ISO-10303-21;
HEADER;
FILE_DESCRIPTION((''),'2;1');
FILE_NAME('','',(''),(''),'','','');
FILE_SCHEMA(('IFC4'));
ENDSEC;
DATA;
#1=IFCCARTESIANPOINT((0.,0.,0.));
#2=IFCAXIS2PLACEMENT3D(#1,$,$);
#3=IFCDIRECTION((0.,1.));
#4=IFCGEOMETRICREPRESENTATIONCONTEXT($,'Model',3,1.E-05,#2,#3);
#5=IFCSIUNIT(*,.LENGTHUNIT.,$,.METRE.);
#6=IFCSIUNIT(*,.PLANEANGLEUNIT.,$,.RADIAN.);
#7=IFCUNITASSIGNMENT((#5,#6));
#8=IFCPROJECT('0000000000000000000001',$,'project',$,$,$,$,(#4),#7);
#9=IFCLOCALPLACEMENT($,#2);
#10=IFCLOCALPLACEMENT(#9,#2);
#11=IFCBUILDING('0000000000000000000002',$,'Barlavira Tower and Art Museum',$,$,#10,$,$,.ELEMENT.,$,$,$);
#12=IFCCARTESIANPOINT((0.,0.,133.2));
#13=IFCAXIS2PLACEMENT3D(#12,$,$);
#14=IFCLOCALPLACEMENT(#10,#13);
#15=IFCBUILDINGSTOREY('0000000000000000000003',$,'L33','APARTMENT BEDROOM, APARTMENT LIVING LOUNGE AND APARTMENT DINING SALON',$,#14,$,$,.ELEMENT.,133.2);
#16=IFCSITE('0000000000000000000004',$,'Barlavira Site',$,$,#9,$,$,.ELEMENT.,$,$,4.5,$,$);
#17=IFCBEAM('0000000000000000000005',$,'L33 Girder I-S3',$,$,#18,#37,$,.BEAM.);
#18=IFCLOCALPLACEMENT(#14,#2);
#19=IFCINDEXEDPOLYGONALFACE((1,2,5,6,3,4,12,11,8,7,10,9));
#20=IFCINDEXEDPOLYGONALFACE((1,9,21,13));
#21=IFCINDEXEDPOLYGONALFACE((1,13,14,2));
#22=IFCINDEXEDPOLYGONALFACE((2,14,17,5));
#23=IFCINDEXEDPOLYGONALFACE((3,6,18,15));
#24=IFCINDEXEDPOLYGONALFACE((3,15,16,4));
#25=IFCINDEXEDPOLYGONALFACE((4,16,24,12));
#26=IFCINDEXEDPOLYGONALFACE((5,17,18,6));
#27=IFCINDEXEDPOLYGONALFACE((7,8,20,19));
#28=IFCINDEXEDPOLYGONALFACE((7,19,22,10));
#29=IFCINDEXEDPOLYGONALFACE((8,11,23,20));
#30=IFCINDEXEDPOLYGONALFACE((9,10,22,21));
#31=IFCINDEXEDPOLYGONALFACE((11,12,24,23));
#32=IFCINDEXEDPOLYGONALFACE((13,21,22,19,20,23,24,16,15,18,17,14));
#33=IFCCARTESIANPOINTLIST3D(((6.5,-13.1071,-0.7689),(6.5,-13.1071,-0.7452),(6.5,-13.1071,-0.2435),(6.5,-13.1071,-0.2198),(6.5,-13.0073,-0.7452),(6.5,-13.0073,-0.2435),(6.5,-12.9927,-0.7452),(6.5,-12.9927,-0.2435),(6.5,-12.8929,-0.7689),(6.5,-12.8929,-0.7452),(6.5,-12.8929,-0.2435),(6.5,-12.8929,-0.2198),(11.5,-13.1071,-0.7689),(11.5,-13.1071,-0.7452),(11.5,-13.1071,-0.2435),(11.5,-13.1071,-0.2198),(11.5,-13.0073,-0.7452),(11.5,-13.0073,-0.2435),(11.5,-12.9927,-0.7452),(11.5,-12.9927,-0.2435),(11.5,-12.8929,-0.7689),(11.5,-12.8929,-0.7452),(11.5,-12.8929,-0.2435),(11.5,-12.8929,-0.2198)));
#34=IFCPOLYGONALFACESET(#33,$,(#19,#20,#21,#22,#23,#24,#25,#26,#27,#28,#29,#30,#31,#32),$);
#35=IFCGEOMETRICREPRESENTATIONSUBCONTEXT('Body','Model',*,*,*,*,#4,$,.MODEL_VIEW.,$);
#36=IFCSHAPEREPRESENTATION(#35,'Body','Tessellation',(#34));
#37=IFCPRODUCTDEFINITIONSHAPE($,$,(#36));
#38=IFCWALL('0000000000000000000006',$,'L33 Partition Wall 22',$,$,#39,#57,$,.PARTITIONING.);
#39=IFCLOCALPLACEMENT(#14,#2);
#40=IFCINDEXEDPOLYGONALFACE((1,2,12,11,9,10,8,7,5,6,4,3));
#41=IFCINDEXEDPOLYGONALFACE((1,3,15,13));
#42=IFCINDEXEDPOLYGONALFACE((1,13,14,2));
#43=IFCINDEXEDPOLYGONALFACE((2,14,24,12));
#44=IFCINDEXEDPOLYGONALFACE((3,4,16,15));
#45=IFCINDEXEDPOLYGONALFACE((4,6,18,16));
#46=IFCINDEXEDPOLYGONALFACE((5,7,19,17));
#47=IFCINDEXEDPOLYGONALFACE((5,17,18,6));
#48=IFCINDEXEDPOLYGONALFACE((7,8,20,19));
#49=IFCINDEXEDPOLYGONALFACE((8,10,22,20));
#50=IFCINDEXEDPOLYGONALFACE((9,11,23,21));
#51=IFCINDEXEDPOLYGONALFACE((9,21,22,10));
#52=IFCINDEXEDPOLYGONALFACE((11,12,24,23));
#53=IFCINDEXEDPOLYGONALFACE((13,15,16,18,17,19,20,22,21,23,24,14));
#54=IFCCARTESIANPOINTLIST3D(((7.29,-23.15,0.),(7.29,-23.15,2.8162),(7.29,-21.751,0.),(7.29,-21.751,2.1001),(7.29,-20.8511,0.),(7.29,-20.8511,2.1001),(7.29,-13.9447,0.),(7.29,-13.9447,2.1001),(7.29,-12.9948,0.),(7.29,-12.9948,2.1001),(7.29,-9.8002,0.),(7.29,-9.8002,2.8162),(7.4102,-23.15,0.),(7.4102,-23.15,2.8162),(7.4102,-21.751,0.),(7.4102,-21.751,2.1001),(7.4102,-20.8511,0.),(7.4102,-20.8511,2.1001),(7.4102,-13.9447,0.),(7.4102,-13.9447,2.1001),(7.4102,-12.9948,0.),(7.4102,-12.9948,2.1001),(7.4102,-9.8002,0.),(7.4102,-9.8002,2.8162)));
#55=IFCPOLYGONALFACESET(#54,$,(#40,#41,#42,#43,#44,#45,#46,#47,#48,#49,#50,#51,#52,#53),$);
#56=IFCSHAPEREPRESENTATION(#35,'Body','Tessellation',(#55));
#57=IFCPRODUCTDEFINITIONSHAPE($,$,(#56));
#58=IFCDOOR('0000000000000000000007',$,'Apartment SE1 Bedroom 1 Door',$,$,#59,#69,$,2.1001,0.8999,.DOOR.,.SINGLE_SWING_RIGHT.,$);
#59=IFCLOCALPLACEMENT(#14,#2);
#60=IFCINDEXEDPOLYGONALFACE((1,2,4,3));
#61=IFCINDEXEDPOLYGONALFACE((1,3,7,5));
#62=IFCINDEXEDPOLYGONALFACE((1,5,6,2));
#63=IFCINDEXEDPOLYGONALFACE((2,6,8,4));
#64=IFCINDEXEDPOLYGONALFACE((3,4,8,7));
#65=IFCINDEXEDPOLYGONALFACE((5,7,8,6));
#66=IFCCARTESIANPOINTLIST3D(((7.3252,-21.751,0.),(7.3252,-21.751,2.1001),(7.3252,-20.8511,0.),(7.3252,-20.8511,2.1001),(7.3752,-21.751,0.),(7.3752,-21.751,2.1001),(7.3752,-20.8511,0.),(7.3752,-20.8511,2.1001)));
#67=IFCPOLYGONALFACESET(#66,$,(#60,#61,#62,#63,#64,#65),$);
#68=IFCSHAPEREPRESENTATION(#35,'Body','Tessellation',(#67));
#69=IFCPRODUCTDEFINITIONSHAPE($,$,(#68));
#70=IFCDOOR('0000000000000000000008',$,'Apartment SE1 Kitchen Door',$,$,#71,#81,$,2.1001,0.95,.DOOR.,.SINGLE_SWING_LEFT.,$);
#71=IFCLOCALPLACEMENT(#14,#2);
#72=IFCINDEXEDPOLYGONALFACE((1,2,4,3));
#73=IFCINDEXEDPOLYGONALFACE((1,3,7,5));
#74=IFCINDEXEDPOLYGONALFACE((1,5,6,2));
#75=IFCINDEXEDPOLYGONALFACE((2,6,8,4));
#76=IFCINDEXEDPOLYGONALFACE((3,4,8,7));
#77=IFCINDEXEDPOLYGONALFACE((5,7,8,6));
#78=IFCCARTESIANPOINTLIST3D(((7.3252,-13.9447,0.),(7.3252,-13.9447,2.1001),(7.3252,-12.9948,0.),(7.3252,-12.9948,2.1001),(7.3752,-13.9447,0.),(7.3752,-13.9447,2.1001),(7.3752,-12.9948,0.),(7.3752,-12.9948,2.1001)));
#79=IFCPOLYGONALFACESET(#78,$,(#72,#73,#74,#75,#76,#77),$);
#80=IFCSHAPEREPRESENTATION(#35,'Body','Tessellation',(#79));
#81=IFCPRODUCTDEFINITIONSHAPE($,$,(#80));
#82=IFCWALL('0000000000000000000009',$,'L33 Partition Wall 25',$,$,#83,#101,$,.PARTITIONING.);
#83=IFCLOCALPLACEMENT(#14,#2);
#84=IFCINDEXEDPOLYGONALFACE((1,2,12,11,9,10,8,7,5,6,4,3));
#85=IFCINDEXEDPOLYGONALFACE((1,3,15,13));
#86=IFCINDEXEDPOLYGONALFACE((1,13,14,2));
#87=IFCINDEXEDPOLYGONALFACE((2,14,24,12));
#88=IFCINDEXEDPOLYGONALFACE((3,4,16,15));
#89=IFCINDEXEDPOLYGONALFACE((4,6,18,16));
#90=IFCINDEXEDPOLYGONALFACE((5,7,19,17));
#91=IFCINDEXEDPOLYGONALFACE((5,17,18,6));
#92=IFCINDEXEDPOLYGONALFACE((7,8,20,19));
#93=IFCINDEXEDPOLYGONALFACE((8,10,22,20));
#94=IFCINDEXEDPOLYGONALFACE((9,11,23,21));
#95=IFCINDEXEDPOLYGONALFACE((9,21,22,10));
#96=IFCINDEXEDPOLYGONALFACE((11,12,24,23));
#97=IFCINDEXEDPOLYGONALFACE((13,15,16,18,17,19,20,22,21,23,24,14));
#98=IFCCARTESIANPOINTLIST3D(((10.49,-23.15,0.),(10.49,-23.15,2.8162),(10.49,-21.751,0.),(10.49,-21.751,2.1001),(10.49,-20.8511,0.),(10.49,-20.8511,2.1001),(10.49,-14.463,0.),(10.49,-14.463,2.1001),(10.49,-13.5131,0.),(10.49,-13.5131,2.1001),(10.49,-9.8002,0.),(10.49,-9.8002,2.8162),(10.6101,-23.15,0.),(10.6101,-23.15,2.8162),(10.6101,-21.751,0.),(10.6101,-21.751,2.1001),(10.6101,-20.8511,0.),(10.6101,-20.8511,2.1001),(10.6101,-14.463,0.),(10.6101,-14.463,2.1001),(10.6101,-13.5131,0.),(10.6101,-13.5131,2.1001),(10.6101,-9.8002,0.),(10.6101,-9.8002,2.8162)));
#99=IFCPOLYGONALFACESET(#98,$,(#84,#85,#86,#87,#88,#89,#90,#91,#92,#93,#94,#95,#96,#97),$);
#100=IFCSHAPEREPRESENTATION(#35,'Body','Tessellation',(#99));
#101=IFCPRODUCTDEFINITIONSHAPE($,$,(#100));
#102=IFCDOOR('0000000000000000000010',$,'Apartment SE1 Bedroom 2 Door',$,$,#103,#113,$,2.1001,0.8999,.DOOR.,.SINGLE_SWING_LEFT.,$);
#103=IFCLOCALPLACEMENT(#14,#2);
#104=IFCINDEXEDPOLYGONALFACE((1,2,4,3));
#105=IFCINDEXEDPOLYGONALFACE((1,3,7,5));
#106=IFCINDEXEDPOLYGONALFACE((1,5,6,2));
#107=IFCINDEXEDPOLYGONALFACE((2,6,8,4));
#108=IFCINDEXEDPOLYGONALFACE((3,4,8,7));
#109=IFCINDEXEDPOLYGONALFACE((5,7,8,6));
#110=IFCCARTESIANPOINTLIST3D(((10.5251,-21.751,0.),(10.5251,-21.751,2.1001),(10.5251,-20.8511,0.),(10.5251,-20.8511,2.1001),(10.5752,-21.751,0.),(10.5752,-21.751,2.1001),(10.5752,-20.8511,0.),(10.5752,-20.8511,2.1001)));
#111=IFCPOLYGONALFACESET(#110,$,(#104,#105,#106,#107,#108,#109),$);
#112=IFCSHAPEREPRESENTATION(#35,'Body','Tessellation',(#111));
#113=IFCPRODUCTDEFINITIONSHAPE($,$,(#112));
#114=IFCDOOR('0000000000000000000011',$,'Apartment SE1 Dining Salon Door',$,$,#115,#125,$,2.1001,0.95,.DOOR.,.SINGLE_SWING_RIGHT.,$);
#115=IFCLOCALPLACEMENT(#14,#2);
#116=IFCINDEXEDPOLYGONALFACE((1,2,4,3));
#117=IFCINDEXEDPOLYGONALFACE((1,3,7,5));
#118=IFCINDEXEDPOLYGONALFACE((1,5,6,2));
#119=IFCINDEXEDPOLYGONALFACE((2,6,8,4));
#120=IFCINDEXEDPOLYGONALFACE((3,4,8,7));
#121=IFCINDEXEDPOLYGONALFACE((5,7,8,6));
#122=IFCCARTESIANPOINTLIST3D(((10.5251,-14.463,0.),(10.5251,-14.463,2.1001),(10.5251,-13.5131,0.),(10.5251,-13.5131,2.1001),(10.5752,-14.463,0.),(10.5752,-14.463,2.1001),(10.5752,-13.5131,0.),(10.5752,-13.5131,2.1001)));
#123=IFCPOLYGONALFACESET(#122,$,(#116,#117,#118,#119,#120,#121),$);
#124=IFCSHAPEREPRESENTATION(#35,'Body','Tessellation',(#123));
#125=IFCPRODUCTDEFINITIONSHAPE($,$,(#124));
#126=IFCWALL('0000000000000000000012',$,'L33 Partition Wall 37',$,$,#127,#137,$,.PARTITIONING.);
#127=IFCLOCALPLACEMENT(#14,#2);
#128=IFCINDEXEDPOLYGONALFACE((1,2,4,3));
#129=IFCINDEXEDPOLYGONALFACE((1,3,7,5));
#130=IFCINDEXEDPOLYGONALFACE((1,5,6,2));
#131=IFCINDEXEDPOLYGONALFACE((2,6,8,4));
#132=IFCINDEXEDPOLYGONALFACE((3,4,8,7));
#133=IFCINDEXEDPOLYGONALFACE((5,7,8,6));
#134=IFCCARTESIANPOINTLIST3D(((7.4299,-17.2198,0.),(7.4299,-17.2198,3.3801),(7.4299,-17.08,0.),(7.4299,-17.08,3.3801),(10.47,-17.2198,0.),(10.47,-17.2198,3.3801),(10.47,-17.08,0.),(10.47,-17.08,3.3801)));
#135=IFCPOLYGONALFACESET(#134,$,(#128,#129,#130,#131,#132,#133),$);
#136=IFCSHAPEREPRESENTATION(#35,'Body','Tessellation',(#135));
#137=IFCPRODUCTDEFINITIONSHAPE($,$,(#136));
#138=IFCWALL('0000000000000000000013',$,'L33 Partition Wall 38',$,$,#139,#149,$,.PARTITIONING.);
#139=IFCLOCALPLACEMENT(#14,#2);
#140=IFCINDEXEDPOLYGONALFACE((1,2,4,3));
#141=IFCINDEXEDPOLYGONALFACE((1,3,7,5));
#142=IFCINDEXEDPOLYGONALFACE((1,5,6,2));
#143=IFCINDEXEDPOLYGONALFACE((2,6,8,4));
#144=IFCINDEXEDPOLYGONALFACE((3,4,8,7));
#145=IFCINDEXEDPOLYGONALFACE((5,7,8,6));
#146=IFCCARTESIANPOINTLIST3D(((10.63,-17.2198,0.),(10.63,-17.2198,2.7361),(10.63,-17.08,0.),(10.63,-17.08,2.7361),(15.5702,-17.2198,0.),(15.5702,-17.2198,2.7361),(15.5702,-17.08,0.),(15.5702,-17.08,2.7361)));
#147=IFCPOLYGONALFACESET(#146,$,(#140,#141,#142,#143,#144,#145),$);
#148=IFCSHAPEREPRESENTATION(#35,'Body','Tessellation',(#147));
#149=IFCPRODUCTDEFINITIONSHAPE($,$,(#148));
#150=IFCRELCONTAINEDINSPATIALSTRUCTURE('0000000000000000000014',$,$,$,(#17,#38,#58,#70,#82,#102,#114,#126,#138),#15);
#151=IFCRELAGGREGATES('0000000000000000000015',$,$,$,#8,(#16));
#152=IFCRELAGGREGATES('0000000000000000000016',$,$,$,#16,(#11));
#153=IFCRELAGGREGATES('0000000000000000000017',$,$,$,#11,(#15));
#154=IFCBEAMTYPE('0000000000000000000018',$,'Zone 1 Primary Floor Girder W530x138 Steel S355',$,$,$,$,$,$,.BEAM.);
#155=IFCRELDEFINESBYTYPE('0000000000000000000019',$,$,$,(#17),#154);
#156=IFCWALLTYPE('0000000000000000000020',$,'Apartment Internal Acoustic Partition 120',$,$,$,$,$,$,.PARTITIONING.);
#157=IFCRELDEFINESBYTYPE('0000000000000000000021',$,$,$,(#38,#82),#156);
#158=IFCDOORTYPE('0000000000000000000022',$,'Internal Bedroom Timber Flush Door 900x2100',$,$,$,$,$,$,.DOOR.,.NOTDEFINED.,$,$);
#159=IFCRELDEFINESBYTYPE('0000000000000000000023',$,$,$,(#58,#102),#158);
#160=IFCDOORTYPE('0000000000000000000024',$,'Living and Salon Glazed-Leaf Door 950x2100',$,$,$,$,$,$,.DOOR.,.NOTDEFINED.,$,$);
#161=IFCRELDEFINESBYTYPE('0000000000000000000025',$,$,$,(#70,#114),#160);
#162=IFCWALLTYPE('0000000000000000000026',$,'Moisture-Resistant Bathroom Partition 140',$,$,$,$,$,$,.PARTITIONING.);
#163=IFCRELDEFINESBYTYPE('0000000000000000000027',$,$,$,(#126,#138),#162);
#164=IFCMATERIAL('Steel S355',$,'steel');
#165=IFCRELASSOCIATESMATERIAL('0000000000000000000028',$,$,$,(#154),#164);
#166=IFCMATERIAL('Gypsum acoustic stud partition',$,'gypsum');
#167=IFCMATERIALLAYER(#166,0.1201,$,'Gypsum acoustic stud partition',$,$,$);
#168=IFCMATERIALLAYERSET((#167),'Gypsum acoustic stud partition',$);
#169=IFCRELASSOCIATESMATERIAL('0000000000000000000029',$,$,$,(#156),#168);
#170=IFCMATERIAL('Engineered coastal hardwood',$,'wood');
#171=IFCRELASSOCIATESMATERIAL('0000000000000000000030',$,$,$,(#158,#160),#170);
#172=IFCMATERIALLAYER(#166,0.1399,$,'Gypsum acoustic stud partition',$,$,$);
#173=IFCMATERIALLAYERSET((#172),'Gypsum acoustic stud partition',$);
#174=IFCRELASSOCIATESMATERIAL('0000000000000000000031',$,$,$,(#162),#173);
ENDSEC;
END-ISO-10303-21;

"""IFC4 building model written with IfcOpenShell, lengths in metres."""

from ifc_helpers import new_model, si_unit, direction, frame, frame_2d, origin, origin_2d, place, context, subcontext, project, spatial, rectangle, i_section, extrude, material, layer, layer_set, material_profile, profile_set, type_object, element, fill, save


model = new_model("IFC4")

# Units and contexts
model_context = context("Model", 3, precision=1e-05, world=origin(), true_north=direction((0.0, 1.0)))
body_context = subcontext(model_context, "Body", "Model", "MODEL_VIEW")
ifc_project = project(units=[si_unit("LENGTHUNIT", "METRE"), si_unit("PLANEANGLEUNIT", "RADIAN")], contexts=[model_context])

# Site, building, storey
site_placement = place(None, origin())
site = spatial("IfcSite", under=ifc_project, at=site_placement, Name="Barlavira Site", CompositionType="ELEMENT", RefElevation=4.5)
building_placement = place(site_placement, origin())
building = spatial("IfcBuilding", under=site, at=building_placement, Name="Barlavira Tower and Art Museum", CompositionType="ELEMENT")
storey_placement = place(building_placement, frame((0.0, 0.0, 133.2)))
storey = spatial("IfcBuildingStorey", under=building, at=storey_placement, Name="L33", Description="APARTMENT BEDROOM, APARTMENT LIVING LOUNGE AND APARTMENT DINING SALON", CompositionType="ELEMENT", Elevation=133.2)

# Shared definitions
ifc_material_1 = material(Name="Steel S355", Category="steel")

# Beam
ifc_material_profile_1 = material_profile(ifc_material_1, i_section(OverallWidth=0.2141, OverallDepth=0.5491, WebThickness=0.0146, FlangeThickness=0.0237, at=origin_2d()), Name="W530x138.0")
ifc_profile_set_1 = profile_set([ifc_material_profile_1], Name="Steel S355")
beam_type = type_object("IfcBeamType", Name="Zone 1 Primary Floor Girder W530x138 Steel S355", PredefinedType="BEAM", material=ifc_profile_set_1)
beam_1_placement = place(storey_placement, frame((6.5, -13.0, -0.4944), z_axis=(1.0, 0.0, 0.0), x_axis=(0.0, 1.0, 0.0)))
element("IfcBeam", 1, at=beam_1_placement, inside=storey, type_object=beam_type, Name="L33 Girder I-S3", PredefinedType="BEAM", context=body_context, shape_type="SweptSolid", body=[
    extrude(i_section(OverallWidth=0.2141, OverallDepth=0.5491, WebThickness=0.0146, FlangeThickness=0.0237, at=origin_2d()), origin(), (0.0, 0.0, 1.0), 5.0),
])

# Walls, openings, doors
ifc_material_2 = material(Name="Gypsum acoustic stud partition", Category="gypsum")
ifc_layer_1 = layer(ifc_material_2, 0.1201, Name="Gypsum acoustic stud partition")
ifc_layer_set_1 = layer_set([ifc_layer_1], Name="Gypsum acoustic stud partition")
wall_type_1 = type_object("IfcWallType", Name="Apartment Internal Acoustic Partition 120", PredefinedType="PARTITIONING", material=ifc_layer_set_1)
wall_1_placement = place(storey_placement, frame((7.3501, -23.1499, 0.0), z_axis=(0.0, 0.0, 1.0), x_axis=(0.0, 1.0, 0.0)))
wall_1 = element("IfcWall", 2, at=wall_1_placement, inside=storey, type_object=wall_type_1, Name="L33 Partition Wall 22", PredefinedType="PARTITIONING", context=body_context, shape_type="SweptSolid", body=[
    extrude(rectangle(XDim=13.3499, YDim=0.1201, at=frame_2d((6.6748, 0.0))), origin(), (0.0, 0.0, 1.0), 2.8162),
])
opening_1_placement = place(wall_1_placement, frame((9.2051, 0.0, 0.0)))
opening_1 = element("IfcOpeningElement", 3, at=opening_1_placement, cuts=wall_1, PredefinedType="OPENING", context=body_context, shape_type="SweptSolid", body=[
    extrude(rectangle(XDim=0.95, YDim=2.1001, at=frame_2d((0.4751, 1.05))), frame((0.0, 0.0701, 0.0), z_axis=(0.0, -1.0, 0.0), x_axis=(1.0, 0.0, 0.0)), (0.0, 0.0, 1.0), 0.1401),
])
opening_2_placement = place(wall_1_placement, frame((1.3989, 0.0, 0.0)))
opening_2 = element("IfcOpeningElement", 4, at=opening_2_placement, cuts=wall_1, PredefinedType="OPENING", context=body_context, shape_type="SweptSolid", body=[
    extrude(rectangle(XDim=0.8999, YDim=2.1001, at=frame_2d((0.45, 1.05))), frame((0.0, 0.0701, 0.0), z_axis=(0.0, -1.0, 0.0), x_axis=(1.0, 0.0, 0.0)), (0.0, 0.0, 1.0), 0.1401),
])
ifc_material_3 = material(Name="Engineered coastal hardwood", Category="wood")
door_type_1 = type_object("IfcDoorType", Name="Internal Bedroom Timber Flush Door 900x2100", OperationType="NOTDEFINED", PredefinedType="DOOR", material=ifc_material_3)
door_1_placement = place(opening_2_placement, origin())
door_1 = element("IfcDoor", 5, at=door_1_placement, inside=storey, type_object=door_type_1, Name="Apartment SE1 Bedroom 1 Door", OperationType="SINGLE_SWING_RIGHT", OverallHeight=2.1001, OverallWidth=0.8999, PredefinedType="DOOR", context=body_context, shape_type="SweptSolid", body=[
    extrude(rectangle(XDim=0.8999, YDim=2.1001, at=frame_2d((0.45, 1.05))), frame((0.0, 0.0249, 0.0), z_axis=(0.0, -1.0, 0.0), x_axis=(1.0, 0.0, 0.0)), (0.0, 0.0, 1.0), 0.05),
])
fill(opening_2, door_1)
door_type_2 = type_object("IfcDoorType", Name="Living and Salon Glazed-Leaf Door 950x2100", OperationType="NOTDEFINED", PredefinedType="DOOR", material=ifc_material_3)
door_2_placement = place(opening_1_placement, origin())
door_2 = element("IfcDoor", 6, at=door_2_placement, inside=storey, type_object=door_type_2, Name="Apartment SE1 Kitchen Door", OperationType="SINGLE_SWING_LEFT", OverallHeight=2.1001, OverallWidth=0.95, PredefinedType="DOOR", context=body_context, shape_type="SweptSolid", body=[
    extrude(rectangle(XDim=0.95, YDim=2.1001, at=frame_2d((0.4751, 1.05))), frame((0.0, 0.0249, 0.0), z_axis=(0.0, -1.0, 0.0), x_axis=(1.0, 0.0, 0.0)), (0.0, 0.0, 1.0), 0.05),
])
fill(opening_1, door_2)
wall_2_placement = place(storey_placement, frame((10.55, -23.1499, 0.0), z_axis=(0.0, 0.0, 1.0), x_axis=(0.0, 1.0, 0.0)))
wall_2 = element("IfcWall", 7, at=wall_2_placement, inside=storey, type_object=wall_type_1, Name="L33 Partition Wall 25", PredefinedType="PARTITIONING", context=body_context, shape_type="SweptSolid", body=[
    extrude(rectangle(XDim=13.3499, YDim=0.1201, at=frame_2d((6.6748, 0.0))), origin(), (0.0, 0.0, 1.0), 2.8162),
])
opening_3_placement = place(wall_2_placement, frame((8.6868, 0.0, 0.0)))
opening_3 = element("IfcOpeningElement", 8, at=opening_3_placement, cuts=wall_2, PredefinedType="OPENING", context=body_context, shape_type="SweptSolid", body=[
    extrude(rectangle(XDim=0.95, YDim=2.1001, at=frame_2d((0.4751, 1.05))), frame((0.0, 0.0701, 0.0), z_axis=(0.0, -1.0, 0.0), x_axis=(1.0, 0.0, 0.0)), (0.0, 0.0, 1.0), 0.1401),
])
opening_4_placement = place(wall_2_placement, frame((1.3989, 0.0, 0.0)))
opening_4 = element("IfcOpeningElement", 9, at=opening_4_placement, cuts=wall_2, PredefinedType="OPENING", context=body_context, shape_type="SweptSolid", body=[
    extrude(rectangle(XDim=0.8999, YDim=2.1001, at=frame_2d((0.45, 1.05))), frame((0.0, 0.0701, 0.0), z_axis=(0.0, -1.0, 0.0), x_axis=(1.0, 0.0, 0.0)), (0.0, 0.0, 1.0), 0.1401),
])
door_3_placement = place(opening_4_placement, origin())
door_3 = element("IfcDoor", 10, at=door_3_placement, inside=storey, type_object=door_type_1, Name="Apartment SE1 Bedroom 2 Door", OperationType="SINGLE_SWING_LEFT", OverallHeight=2.1001, OverallWidth=0.8999, PredefinedType="DOOR", context=body_context, shape_type="SweptSolid", body=[
    extrude(rectangle(XDim=0.8999, YDim=2.1001, at=frame_2d((0.45, 1.05))), frame((0.0, 0.0249, 0.0), z_axis=(0.0, -1.0, 0.0), x_axis=(1.0, 0.0, 0.0)), (0.0, 0.0, 1.0), 0.05),
])
fill(opening_4, door_3)
door_4_placement = place(opening_3_placement, origin())
door_4 = element("IfcDoor", 11, at=door_4_placement, inside=storey, type_object=door_type_2, Name="Apartment SE1 Dining Salon Door", OperationType="SINGLE_SWING_RIGHT", OverallHeight=2.1001, OverallWidth=0.95, PredefinedType="DOOR", context=body_context, shape_type="SweptSolid", body=[
    extrude(rectangle(XDim=0.95, YDim=2.1001, at=frame_2d((0.4751, 1.05))), frame((0.0, 0.0249, 0.0), z_axis=(0.0, -1.0, 0.0), x_axis=(1.0, 0.0, 0.0)), (0.0, 0.0, 1.0), 0.05),
])
fill(opening_3, door_4)

# Walls
ifc_layer_2 = layer(ifc_material_2, 0.1399, Name="Gypsum acoustic stud partition")
ifc_layer_set_2 = layer_set([ifc_layer_2], Name="Gypsum acoustic stud partition")
wall_type_2 = type_object("IfcWallType", Name="Moisture-Resistant Bathroom Partition 140", PredefinedType="PARTITIONING", material=ifc_layer_set_2)
wall_3_placement = place(storey_placement, frame((7.4299, -17.1499, 0.0), z_axis=(0.0, 0.0, 1.0), x_axis=(1.0, 0.0, 0.0)))
element("IfcWall", 12, at=wall_3_placement, inside=storey, type_object=wall_type_2, Name="L33 Partition Wall 37", PredefinedType="PARTITIONING", context=body_context, shape_type="SweptSolid", body=[
    extrude(rectangle(XDim=3.04, YDim=0.1399, at=frame_2d((1.52, 0.0))), origin(), (0.0, 0.0, 1.0), 3.3801),
])
wall_4_placement = place(storey_placement, frame((10.6299, -17.1499, 0.0), z_axis=(0.0, 0.0, 1.0), x_axis=(1.0, 0.0, 0.0)))
element("IfcWall", 13, at=wall_4_placement, inside=storey, type_object=wall_type_2, Name="L33 Partition Wall 38", PredefinedType="PARTITIONING", context=body_context, shape_type="SweptSolid", body=[
    extrude(rectangle(XDim=4.9402, YDim=0.1399, at=frame_2d((2.4702, 0.0))), origin(), (0.0, 0.0, 1.0), 2.7361),
])

save(model, "model.ifc")
